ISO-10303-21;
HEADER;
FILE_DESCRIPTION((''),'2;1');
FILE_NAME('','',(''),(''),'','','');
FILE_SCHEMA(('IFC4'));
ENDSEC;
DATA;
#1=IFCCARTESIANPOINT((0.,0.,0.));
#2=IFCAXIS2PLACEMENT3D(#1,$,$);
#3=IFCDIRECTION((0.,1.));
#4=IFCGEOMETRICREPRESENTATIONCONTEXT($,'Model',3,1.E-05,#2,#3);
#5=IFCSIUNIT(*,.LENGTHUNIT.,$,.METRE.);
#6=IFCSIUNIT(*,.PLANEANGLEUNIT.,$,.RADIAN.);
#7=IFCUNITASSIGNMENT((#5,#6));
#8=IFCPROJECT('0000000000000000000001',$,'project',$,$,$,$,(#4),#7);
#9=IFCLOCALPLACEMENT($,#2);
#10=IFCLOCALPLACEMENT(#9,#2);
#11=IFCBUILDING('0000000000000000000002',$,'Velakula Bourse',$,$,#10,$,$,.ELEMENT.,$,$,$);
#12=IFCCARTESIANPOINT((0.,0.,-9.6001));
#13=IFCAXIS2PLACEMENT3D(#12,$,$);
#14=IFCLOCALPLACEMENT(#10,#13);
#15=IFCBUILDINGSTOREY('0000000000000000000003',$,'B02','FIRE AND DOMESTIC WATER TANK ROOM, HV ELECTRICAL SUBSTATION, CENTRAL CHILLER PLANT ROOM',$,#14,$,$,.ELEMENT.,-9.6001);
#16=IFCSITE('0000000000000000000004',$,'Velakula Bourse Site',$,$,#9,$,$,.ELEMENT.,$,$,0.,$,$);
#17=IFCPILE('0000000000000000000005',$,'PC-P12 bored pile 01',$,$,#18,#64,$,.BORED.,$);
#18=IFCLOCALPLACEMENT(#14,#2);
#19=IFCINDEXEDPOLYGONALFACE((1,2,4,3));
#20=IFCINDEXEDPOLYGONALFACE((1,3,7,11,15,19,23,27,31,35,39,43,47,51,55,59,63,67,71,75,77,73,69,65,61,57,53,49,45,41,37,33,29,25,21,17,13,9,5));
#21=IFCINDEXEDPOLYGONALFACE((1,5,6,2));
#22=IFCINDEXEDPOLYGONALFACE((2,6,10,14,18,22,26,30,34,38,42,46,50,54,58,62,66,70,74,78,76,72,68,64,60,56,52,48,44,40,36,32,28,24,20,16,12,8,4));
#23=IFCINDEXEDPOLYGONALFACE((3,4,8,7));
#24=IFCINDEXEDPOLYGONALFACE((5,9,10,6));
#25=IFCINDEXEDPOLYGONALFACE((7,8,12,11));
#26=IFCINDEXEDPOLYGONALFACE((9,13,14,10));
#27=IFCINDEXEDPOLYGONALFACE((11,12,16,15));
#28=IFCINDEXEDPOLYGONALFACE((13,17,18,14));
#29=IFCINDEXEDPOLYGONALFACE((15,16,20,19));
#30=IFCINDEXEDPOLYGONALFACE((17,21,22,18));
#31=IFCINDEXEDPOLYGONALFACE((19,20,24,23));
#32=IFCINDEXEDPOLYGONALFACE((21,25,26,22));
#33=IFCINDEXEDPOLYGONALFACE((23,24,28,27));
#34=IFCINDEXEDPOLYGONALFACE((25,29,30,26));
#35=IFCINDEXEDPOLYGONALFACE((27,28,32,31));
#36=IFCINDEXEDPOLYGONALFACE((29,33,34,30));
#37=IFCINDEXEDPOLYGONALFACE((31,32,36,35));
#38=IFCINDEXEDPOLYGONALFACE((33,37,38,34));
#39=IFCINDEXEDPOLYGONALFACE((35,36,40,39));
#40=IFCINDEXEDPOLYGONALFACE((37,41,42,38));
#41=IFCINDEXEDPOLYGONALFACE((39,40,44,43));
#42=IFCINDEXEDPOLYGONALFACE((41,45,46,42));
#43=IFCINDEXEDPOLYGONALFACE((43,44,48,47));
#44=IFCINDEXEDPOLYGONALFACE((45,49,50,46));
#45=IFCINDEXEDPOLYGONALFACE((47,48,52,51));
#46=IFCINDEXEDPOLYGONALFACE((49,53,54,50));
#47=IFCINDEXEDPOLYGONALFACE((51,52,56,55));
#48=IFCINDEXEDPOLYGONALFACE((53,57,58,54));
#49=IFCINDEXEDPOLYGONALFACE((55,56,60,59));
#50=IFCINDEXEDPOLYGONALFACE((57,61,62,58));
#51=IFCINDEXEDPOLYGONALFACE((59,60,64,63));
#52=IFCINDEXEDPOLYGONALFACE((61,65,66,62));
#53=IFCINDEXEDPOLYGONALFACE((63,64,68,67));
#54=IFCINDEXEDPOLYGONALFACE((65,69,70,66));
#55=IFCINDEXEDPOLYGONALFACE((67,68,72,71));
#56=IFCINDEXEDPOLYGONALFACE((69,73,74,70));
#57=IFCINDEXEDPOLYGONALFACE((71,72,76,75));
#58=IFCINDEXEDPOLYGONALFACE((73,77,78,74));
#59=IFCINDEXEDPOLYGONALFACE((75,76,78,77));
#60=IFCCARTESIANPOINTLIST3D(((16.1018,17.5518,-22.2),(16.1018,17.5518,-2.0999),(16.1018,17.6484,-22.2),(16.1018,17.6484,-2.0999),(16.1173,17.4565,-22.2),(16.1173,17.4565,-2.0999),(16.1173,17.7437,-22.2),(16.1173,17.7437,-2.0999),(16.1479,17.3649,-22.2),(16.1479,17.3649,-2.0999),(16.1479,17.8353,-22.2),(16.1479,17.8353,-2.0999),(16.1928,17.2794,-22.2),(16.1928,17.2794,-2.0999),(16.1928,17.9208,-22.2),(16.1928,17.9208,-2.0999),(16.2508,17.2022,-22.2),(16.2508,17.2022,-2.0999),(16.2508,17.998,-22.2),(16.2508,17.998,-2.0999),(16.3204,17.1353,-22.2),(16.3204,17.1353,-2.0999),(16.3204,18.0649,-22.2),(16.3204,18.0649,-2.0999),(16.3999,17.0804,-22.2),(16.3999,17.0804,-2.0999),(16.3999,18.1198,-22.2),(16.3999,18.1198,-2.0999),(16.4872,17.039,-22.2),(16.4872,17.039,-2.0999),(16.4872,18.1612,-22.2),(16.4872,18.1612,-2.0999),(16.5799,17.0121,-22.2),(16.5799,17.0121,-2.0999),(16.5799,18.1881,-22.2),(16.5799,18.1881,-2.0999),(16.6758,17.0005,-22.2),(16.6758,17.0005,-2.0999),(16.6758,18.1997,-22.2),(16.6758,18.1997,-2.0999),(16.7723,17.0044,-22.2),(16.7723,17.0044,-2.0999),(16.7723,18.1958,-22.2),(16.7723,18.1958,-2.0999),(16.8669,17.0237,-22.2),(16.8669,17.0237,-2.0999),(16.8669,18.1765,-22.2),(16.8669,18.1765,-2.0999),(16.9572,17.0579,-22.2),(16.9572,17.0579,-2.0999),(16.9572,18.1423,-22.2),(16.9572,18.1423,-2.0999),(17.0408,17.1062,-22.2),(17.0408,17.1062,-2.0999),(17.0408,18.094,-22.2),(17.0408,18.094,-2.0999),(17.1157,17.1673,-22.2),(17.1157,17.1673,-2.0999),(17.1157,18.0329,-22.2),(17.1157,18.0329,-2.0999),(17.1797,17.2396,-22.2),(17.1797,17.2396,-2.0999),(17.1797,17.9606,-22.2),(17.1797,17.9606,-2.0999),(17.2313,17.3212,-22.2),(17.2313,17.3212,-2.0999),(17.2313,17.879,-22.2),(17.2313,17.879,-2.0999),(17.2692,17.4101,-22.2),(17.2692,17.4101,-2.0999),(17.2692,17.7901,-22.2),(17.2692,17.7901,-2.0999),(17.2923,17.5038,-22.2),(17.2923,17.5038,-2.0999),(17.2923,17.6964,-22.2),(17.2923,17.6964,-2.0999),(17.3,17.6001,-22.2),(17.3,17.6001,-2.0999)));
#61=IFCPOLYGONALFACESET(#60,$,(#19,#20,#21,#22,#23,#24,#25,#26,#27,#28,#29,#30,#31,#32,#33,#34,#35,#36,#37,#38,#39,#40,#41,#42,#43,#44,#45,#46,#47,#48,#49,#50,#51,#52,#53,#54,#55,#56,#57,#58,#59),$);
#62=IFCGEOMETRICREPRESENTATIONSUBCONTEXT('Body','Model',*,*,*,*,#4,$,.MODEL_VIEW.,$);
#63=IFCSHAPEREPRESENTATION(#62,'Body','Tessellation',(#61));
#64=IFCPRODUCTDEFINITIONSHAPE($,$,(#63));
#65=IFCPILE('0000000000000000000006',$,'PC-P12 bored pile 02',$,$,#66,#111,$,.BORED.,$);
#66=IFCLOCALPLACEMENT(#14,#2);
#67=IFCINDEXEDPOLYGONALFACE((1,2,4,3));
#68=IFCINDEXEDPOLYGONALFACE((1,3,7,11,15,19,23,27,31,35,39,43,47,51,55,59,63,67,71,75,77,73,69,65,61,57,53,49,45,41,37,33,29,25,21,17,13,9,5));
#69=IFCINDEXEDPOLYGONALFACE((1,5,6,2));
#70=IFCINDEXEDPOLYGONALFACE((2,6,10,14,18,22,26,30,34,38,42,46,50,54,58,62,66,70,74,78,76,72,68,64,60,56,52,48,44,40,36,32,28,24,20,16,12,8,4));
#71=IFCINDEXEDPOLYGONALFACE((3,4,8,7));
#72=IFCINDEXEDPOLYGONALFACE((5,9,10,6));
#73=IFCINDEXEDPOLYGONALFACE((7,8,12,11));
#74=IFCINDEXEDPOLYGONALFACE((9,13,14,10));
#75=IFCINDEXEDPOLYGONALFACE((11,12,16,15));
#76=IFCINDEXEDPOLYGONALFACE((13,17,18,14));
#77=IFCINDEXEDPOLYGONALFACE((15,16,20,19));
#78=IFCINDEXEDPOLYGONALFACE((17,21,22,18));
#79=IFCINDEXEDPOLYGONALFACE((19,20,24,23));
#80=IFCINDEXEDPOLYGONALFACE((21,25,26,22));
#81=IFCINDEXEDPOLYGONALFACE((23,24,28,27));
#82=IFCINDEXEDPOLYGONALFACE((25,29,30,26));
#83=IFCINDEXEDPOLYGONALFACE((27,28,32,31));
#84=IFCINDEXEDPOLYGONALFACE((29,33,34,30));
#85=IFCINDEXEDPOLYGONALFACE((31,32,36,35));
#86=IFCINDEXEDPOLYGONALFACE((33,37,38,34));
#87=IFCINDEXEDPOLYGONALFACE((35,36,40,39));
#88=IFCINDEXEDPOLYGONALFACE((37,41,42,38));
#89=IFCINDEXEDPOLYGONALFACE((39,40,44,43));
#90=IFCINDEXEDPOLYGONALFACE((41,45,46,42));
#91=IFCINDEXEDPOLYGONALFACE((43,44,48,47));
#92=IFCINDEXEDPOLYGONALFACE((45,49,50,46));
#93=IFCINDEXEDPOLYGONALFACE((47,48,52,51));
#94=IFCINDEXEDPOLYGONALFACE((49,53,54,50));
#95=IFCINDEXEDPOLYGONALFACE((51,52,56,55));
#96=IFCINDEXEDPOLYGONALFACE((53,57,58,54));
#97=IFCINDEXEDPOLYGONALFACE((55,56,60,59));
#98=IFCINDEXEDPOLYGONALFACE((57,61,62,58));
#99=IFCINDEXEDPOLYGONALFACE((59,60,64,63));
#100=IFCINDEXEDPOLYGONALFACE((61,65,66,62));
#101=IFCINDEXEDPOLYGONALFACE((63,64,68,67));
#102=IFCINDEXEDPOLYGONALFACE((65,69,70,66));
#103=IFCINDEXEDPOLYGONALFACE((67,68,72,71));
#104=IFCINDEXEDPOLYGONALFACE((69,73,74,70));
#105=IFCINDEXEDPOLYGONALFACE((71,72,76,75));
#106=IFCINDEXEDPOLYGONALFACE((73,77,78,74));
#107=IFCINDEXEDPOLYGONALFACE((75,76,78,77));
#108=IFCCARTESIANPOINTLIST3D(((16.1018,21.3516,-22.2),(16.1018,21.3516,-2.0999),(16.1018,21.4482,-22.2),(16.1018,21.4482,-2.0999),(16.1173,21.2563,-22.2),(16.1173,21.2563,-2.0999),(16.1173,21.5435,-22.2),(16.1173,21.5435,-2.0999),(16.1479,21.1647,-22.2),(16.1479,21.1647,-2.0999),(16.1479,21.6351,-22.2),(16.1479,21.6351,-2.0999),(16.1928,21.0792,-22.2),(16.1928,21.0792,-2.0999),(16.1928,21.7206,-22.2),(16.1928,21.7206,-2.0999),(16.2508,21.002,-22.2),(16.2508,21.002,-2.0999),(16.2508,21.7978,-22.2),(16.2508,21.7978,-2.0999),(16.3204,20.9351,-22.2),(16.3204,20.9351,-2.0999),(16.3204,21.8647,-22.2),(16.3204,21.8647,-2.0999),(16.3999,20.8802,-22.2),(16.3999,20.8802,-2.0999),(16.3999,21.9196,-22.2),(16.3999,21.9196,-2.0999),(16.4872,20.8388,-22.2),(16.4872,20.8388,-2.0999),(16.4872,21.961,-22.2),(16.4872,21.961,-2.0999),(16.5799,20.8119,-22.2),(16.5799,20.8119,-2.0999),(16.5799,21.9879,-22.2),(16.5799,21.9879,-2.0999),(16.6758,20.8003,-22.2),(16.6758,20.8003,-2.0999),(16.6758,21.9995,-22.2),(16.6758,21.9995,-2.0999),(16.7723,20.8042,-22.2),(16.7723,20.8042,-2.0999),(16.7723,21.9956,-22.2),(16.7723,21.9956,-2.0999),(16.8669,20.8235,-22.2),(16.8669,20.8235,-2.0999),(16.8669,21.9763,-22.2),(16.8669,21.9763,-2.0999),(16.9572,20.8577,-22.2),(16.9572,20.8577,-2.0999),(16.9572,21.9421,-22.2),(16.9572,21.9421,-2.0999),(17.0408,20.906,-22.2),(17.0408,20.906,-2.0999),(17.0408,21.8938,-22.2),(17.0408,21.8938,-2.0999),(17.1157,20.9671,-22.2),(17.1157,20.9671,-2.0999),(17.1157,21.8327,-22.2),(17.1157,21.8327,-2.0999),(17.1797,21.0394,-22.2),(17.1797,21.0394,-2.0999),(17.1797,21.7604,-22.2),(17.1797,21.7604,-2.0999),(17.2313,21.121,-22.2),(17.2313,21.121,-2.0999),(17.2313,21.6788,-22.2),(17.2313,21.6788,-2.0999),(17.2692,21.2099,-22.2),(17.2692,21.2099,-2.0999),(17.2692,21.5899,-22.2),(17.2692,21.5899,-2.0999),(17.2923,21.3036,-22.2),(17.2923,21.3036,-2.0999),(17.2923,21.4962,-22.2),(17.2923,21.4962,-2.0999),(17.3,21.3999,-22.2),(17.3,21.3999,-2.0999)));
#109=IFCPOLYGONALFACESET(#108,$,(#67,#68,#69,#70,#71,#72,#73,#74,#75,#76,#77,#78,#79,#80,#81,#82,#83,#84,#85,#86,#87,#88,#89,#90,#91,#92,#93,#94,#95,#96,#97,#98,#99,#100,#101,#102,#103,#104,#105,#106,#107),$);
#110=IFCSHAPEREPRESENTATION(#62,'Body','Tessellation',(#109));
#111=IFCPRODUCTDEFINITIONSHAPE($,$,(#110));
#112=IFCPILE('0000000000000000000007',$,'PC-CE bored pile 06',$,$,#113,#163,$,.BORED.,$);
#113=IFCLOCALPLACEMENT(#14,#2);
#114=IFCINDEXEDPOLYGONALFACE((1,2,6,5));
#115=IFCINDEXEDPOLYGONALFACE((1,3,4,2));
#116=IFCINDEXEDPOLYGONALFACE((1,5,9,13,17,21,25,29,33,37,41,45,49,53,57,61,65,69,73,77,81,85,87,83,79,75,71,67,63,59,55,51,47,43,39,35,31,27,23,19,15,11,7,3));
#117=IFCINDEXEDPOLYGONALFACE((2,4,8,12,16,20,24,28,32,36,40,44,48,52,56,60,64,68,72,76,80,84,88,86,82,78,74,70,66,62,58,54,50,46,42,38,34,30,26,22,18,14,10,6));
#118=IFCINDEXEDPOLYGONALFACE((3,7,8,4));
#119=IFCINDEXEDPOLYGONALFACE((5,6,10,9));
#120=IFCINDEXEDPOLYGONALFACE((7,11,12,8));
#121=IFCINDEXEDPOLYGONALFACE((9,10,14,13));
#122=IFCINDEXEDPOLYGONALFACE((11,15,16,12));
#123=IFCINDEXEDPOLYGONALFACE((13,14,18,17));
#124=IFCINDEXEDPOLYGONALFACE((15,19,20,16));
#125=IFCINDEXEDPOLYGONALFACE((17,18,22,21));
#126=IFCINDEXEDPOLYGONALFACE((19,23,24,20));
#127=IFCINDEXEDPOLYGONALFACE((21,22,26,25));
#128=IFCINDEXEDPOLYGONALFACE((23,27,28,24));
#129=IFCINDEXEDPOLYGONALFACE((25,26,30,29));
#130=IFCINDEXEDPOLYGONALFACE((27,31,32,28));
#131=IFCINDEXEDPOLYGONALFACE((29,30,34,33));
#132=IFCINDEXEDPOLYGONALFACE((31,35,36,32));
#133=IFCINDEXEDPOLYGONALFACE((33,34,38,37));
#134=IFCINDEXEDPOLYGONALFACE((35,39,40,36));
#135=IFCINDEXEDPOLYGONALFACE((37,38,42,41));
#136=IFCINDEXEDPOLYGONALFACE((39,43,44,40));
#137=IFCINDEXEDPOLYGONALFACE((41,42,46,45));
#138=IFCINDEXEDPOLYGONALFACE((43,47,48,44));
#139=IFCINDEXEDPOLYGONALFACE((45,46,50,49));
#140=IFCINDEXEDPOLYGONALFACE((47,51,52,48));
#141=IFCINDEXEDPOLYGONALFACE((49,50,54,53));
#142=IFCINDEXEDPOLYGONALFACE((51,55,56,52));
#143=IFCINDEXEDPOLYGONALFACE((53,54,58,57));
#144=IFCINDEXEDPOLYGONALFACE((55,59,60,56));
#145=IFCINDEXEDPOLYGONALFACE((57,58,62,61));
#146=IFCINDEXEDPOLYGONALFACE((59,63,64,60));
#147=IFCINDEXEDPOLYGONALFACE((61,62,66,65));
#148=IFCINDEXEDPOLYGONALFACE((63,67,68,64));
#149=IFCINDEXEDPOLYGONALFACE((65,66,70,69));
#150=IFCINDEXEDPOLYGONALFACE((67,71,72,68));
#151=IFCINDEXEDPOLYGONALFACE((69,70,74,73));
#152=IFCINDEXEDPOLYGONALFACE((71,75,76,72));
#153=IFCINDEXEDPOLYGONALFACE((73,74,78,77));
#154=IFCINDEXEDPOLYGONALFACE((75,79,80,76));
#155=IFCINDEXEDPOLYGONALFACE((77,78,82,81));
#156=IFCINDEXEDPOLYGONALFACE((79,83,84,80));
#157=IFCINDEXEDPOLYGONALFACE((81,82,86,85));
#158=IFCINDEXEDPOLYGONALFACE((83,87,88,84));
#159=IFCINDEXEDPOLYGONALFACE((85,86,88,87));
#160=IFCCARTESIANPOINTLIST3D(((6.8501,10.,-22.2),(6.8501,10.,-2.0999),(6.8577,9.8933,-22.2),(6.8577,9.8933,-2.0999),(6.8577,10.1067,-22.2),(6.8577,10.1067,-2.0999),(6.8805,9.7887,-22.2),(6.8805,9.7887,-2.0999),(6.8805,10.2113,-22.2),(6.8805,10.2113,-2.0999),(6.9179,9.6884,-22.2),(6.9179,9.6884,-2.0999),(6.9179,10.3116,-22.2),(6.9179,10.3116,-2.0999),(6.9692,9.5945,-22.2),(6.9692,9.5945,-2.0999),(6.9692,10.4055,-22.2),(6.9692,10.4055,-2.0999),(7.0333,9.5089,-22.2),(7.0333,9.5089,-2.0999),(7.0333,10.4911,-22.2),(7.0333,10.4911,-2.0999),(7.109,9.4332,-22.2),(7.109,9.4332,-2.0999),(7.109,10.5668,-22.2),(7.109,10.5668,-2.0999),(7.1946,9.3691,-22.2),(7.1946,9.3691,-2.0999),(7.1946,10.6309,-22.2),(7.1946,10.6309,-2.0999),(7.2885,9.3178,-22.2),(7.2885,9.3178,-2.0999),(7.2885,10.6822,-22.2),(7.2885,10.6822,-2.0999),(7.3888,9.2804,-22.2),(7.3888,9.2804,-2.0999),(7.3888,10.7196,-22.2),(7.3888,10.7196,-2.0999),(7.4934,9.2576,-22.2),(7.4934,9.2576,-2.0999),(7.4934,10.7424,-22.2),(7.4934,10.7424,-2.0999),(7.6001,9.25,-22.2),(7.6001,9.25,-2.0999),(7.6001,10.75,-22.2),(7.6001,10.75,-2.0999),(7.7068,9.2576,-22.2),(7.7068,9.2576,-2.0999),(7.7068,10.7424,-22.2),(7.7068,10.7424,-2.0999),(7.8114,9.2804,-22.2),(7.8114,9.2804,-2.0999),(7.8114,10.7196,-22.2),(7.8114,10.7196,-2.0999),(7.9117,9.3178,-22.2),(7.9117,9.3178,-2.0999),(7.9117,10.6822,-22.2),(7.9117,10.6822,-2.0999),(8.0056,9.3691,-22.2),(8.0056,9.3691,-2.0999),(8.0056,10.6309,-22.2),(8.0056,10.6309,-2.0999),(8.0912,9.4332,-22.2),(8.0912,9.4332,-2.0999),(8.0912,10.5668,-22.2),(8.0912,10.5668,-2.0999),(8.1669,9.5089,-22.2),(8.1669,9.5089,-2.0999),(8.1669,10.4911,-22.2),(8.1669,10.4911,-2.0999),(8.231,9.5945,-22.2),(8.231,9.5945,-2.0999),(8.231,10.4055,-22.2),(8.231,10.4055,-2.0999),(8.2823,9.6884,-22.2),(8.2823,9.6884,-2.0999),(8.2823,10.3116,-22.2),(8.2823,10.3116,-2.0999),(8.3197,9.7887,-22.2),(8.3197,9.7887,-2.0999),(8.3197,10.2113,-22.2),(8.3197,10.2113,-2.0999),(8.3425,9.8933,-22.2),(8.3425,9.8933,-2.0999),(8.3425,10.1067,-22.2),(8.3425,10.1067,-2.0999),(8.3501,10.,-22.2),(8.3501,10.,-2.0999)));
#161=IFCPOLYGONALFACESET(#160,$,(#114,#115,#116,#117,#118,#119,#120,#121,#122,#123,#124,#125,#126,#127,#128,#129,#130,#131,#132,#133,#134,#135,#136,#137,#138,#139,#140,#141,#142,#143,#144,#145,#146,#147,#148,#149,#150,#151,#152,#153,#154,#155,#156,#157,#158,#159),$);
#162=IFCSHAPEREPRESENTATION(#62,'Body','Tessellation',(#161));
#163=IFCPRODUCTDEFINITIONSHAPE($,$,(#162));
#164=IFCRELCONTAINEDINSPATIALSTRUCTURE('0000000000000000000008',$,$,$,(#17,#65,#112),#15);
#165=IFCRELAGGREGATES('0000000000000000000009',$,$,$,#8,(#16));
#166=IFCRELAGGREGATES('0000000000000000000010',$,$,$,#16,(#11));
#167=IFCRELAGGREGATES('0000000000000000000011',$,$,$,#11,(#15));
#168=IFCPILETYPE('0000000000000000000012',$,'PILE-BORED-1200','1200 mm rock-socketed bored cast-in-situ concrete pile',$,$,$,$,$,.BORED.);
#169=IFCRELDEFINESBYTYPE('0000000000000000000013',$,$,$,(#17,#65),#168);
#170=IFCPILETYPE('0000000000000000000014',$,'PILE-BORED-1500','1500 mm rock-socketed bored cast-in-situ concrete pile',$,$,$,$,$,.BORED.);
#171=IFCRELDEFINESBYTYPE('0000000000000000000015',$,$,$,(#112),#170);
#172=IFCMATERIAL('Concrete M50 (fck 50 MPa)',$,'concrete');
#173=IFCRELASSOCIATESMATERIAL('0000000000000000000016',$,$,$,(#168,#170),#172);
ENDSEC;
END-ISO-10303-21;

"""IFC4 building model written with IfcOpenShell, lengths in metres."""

from ifc_helpers import new_model, si_unit, direction, frame, origin, origin_2d, place, context, subcontext, project, spatial, circle, extrude, material, material_profile, profile_set, type_object, element, save


model = new_model("IFC4")

# Units and contexts
model_context = context("Model", 3, precision=1e-05, world=origin(), true_north=direction((0.0, 1.0)))
body_context = subcontext(model_context, "Body", "Model", "MODEL_VIEW")
ifc_project = project(units=[si_unit("LENGTHUNIT", "METRE"), si_unit("PLANEANGLEUNIT", "RADIAN")], contexts=[model_context])

# Site, building, storey
site_placement = place(None, origin())
site = spatial("IfcSite", under=ifc_project, at=site_placement, Name="Velakula Bourse Site", CompositionType="ELEMENT", RefElevation=0.0)
building_placement = place(site_placement, origin())
building = spatial("IfcBuilding", under=site, at=building_placement, Name="Velakula Bourse", CompositionType="ELEMENT")
storey_placement = place(building_placement, frame((0.0, 0.0, -9.6001)))
storey = spatial("IfcBuildingStorey", under=building, at=storey_placement, Name="B02", Description="FIRE AND DOMESTIC WATER TANK ROOM, HV ELECTRICAL SUBSTATION, CENTRAL CHILLER PLANT ROOM", CompositionType="ELEMENT", Elevation=-9.6001)

# Shared definitions
ifc_material_1 = material(Name="Concrete M50 (fck 50 MPa)", Category="concrete")

# Piles
ifc_material_profile_1 = material_profile(ifc_material_1, circle(Radius=0.6001, at=origin_2d()), Name="Concrete M50 (fck 50 MPa)")
ifc_profile_set_1 = profile_set([ifc_material_profile_1], Name="Concrete M50 (fck 50 MPa)")
pile_type_1 = type_object("IfcPileType", Name="PILE-BORED-1200", Description="1200 mm rock-socketed bored cast-in-situ concrete pile", PredefinedType="BORED", material=ifc_profile_set_1)
for number, where, z_axis, x_axis, name in (
    (1, (16.7, 17.6001, -2.0999), (0.0, 0.0, -1.0), (1.0, 0.0, 0.0), "PC-P12 bored pile 01"),
    (2, (16.7, 21.3999, -2.0999), (0.0, 0.0, -1.0), (1.0, 0.0, 0.0), "PC-P12 bored pile 02"),
):
    element("IfcPile", number, at=place(storey_placement, frame(where, z_axis=z_axis, x_axis=x_axis)), inside=storey, type_object=pile_type_1, Name=name, PredefinedType="BORED", context=body_context, shape_type="SweptSolid", body=[
        extrude(circle(Radius=0.6001, at=origin_2d()), origin(), (0.0, 0.0, 1.0), 20.1001),
    ])
ifc_material_profile_2 = material_profile(ifc_material_1, circle(Radius=0.75, at=origin_2d()), Name="Concrete M50 (fck 50 MPa)")
ifc_profile_set_2 = profile_set([ifc_material_profile_2], Name="Concrete M50 (fck 50 MPa)")
pile_type_2 = type_object("IfcPileType", Name="PILE-BORED-1500", Description="1500 mm rock-socketed bored cast-in-situ concrete pile", PredefinedType="BORED", material=ifc_profile_set_2)
for number, where, z_axis, x_axis, name in (
    (3, (7.6001, 10.0, -2.0999), (0.0, 0.0, -1.0), (1.0, 0.0, 0.0), "PC-CE bored pile 06"),
):
    element("IfcPile", number, at=place(storey_placement, frame(where, z_axis=z_axis, x_axis=x_axis)), inside=storey, type_object=pile_type_2, Name=name, PredefinedType="BORED", context=body_context, shape_type="SweptSolid", body=[
        extrude(circle(Radius=0.75, at=origin_2d()), origin(), (0.0, 0.0, 1.0), 20.1001),
    ])

save(model, "model.ifc")
